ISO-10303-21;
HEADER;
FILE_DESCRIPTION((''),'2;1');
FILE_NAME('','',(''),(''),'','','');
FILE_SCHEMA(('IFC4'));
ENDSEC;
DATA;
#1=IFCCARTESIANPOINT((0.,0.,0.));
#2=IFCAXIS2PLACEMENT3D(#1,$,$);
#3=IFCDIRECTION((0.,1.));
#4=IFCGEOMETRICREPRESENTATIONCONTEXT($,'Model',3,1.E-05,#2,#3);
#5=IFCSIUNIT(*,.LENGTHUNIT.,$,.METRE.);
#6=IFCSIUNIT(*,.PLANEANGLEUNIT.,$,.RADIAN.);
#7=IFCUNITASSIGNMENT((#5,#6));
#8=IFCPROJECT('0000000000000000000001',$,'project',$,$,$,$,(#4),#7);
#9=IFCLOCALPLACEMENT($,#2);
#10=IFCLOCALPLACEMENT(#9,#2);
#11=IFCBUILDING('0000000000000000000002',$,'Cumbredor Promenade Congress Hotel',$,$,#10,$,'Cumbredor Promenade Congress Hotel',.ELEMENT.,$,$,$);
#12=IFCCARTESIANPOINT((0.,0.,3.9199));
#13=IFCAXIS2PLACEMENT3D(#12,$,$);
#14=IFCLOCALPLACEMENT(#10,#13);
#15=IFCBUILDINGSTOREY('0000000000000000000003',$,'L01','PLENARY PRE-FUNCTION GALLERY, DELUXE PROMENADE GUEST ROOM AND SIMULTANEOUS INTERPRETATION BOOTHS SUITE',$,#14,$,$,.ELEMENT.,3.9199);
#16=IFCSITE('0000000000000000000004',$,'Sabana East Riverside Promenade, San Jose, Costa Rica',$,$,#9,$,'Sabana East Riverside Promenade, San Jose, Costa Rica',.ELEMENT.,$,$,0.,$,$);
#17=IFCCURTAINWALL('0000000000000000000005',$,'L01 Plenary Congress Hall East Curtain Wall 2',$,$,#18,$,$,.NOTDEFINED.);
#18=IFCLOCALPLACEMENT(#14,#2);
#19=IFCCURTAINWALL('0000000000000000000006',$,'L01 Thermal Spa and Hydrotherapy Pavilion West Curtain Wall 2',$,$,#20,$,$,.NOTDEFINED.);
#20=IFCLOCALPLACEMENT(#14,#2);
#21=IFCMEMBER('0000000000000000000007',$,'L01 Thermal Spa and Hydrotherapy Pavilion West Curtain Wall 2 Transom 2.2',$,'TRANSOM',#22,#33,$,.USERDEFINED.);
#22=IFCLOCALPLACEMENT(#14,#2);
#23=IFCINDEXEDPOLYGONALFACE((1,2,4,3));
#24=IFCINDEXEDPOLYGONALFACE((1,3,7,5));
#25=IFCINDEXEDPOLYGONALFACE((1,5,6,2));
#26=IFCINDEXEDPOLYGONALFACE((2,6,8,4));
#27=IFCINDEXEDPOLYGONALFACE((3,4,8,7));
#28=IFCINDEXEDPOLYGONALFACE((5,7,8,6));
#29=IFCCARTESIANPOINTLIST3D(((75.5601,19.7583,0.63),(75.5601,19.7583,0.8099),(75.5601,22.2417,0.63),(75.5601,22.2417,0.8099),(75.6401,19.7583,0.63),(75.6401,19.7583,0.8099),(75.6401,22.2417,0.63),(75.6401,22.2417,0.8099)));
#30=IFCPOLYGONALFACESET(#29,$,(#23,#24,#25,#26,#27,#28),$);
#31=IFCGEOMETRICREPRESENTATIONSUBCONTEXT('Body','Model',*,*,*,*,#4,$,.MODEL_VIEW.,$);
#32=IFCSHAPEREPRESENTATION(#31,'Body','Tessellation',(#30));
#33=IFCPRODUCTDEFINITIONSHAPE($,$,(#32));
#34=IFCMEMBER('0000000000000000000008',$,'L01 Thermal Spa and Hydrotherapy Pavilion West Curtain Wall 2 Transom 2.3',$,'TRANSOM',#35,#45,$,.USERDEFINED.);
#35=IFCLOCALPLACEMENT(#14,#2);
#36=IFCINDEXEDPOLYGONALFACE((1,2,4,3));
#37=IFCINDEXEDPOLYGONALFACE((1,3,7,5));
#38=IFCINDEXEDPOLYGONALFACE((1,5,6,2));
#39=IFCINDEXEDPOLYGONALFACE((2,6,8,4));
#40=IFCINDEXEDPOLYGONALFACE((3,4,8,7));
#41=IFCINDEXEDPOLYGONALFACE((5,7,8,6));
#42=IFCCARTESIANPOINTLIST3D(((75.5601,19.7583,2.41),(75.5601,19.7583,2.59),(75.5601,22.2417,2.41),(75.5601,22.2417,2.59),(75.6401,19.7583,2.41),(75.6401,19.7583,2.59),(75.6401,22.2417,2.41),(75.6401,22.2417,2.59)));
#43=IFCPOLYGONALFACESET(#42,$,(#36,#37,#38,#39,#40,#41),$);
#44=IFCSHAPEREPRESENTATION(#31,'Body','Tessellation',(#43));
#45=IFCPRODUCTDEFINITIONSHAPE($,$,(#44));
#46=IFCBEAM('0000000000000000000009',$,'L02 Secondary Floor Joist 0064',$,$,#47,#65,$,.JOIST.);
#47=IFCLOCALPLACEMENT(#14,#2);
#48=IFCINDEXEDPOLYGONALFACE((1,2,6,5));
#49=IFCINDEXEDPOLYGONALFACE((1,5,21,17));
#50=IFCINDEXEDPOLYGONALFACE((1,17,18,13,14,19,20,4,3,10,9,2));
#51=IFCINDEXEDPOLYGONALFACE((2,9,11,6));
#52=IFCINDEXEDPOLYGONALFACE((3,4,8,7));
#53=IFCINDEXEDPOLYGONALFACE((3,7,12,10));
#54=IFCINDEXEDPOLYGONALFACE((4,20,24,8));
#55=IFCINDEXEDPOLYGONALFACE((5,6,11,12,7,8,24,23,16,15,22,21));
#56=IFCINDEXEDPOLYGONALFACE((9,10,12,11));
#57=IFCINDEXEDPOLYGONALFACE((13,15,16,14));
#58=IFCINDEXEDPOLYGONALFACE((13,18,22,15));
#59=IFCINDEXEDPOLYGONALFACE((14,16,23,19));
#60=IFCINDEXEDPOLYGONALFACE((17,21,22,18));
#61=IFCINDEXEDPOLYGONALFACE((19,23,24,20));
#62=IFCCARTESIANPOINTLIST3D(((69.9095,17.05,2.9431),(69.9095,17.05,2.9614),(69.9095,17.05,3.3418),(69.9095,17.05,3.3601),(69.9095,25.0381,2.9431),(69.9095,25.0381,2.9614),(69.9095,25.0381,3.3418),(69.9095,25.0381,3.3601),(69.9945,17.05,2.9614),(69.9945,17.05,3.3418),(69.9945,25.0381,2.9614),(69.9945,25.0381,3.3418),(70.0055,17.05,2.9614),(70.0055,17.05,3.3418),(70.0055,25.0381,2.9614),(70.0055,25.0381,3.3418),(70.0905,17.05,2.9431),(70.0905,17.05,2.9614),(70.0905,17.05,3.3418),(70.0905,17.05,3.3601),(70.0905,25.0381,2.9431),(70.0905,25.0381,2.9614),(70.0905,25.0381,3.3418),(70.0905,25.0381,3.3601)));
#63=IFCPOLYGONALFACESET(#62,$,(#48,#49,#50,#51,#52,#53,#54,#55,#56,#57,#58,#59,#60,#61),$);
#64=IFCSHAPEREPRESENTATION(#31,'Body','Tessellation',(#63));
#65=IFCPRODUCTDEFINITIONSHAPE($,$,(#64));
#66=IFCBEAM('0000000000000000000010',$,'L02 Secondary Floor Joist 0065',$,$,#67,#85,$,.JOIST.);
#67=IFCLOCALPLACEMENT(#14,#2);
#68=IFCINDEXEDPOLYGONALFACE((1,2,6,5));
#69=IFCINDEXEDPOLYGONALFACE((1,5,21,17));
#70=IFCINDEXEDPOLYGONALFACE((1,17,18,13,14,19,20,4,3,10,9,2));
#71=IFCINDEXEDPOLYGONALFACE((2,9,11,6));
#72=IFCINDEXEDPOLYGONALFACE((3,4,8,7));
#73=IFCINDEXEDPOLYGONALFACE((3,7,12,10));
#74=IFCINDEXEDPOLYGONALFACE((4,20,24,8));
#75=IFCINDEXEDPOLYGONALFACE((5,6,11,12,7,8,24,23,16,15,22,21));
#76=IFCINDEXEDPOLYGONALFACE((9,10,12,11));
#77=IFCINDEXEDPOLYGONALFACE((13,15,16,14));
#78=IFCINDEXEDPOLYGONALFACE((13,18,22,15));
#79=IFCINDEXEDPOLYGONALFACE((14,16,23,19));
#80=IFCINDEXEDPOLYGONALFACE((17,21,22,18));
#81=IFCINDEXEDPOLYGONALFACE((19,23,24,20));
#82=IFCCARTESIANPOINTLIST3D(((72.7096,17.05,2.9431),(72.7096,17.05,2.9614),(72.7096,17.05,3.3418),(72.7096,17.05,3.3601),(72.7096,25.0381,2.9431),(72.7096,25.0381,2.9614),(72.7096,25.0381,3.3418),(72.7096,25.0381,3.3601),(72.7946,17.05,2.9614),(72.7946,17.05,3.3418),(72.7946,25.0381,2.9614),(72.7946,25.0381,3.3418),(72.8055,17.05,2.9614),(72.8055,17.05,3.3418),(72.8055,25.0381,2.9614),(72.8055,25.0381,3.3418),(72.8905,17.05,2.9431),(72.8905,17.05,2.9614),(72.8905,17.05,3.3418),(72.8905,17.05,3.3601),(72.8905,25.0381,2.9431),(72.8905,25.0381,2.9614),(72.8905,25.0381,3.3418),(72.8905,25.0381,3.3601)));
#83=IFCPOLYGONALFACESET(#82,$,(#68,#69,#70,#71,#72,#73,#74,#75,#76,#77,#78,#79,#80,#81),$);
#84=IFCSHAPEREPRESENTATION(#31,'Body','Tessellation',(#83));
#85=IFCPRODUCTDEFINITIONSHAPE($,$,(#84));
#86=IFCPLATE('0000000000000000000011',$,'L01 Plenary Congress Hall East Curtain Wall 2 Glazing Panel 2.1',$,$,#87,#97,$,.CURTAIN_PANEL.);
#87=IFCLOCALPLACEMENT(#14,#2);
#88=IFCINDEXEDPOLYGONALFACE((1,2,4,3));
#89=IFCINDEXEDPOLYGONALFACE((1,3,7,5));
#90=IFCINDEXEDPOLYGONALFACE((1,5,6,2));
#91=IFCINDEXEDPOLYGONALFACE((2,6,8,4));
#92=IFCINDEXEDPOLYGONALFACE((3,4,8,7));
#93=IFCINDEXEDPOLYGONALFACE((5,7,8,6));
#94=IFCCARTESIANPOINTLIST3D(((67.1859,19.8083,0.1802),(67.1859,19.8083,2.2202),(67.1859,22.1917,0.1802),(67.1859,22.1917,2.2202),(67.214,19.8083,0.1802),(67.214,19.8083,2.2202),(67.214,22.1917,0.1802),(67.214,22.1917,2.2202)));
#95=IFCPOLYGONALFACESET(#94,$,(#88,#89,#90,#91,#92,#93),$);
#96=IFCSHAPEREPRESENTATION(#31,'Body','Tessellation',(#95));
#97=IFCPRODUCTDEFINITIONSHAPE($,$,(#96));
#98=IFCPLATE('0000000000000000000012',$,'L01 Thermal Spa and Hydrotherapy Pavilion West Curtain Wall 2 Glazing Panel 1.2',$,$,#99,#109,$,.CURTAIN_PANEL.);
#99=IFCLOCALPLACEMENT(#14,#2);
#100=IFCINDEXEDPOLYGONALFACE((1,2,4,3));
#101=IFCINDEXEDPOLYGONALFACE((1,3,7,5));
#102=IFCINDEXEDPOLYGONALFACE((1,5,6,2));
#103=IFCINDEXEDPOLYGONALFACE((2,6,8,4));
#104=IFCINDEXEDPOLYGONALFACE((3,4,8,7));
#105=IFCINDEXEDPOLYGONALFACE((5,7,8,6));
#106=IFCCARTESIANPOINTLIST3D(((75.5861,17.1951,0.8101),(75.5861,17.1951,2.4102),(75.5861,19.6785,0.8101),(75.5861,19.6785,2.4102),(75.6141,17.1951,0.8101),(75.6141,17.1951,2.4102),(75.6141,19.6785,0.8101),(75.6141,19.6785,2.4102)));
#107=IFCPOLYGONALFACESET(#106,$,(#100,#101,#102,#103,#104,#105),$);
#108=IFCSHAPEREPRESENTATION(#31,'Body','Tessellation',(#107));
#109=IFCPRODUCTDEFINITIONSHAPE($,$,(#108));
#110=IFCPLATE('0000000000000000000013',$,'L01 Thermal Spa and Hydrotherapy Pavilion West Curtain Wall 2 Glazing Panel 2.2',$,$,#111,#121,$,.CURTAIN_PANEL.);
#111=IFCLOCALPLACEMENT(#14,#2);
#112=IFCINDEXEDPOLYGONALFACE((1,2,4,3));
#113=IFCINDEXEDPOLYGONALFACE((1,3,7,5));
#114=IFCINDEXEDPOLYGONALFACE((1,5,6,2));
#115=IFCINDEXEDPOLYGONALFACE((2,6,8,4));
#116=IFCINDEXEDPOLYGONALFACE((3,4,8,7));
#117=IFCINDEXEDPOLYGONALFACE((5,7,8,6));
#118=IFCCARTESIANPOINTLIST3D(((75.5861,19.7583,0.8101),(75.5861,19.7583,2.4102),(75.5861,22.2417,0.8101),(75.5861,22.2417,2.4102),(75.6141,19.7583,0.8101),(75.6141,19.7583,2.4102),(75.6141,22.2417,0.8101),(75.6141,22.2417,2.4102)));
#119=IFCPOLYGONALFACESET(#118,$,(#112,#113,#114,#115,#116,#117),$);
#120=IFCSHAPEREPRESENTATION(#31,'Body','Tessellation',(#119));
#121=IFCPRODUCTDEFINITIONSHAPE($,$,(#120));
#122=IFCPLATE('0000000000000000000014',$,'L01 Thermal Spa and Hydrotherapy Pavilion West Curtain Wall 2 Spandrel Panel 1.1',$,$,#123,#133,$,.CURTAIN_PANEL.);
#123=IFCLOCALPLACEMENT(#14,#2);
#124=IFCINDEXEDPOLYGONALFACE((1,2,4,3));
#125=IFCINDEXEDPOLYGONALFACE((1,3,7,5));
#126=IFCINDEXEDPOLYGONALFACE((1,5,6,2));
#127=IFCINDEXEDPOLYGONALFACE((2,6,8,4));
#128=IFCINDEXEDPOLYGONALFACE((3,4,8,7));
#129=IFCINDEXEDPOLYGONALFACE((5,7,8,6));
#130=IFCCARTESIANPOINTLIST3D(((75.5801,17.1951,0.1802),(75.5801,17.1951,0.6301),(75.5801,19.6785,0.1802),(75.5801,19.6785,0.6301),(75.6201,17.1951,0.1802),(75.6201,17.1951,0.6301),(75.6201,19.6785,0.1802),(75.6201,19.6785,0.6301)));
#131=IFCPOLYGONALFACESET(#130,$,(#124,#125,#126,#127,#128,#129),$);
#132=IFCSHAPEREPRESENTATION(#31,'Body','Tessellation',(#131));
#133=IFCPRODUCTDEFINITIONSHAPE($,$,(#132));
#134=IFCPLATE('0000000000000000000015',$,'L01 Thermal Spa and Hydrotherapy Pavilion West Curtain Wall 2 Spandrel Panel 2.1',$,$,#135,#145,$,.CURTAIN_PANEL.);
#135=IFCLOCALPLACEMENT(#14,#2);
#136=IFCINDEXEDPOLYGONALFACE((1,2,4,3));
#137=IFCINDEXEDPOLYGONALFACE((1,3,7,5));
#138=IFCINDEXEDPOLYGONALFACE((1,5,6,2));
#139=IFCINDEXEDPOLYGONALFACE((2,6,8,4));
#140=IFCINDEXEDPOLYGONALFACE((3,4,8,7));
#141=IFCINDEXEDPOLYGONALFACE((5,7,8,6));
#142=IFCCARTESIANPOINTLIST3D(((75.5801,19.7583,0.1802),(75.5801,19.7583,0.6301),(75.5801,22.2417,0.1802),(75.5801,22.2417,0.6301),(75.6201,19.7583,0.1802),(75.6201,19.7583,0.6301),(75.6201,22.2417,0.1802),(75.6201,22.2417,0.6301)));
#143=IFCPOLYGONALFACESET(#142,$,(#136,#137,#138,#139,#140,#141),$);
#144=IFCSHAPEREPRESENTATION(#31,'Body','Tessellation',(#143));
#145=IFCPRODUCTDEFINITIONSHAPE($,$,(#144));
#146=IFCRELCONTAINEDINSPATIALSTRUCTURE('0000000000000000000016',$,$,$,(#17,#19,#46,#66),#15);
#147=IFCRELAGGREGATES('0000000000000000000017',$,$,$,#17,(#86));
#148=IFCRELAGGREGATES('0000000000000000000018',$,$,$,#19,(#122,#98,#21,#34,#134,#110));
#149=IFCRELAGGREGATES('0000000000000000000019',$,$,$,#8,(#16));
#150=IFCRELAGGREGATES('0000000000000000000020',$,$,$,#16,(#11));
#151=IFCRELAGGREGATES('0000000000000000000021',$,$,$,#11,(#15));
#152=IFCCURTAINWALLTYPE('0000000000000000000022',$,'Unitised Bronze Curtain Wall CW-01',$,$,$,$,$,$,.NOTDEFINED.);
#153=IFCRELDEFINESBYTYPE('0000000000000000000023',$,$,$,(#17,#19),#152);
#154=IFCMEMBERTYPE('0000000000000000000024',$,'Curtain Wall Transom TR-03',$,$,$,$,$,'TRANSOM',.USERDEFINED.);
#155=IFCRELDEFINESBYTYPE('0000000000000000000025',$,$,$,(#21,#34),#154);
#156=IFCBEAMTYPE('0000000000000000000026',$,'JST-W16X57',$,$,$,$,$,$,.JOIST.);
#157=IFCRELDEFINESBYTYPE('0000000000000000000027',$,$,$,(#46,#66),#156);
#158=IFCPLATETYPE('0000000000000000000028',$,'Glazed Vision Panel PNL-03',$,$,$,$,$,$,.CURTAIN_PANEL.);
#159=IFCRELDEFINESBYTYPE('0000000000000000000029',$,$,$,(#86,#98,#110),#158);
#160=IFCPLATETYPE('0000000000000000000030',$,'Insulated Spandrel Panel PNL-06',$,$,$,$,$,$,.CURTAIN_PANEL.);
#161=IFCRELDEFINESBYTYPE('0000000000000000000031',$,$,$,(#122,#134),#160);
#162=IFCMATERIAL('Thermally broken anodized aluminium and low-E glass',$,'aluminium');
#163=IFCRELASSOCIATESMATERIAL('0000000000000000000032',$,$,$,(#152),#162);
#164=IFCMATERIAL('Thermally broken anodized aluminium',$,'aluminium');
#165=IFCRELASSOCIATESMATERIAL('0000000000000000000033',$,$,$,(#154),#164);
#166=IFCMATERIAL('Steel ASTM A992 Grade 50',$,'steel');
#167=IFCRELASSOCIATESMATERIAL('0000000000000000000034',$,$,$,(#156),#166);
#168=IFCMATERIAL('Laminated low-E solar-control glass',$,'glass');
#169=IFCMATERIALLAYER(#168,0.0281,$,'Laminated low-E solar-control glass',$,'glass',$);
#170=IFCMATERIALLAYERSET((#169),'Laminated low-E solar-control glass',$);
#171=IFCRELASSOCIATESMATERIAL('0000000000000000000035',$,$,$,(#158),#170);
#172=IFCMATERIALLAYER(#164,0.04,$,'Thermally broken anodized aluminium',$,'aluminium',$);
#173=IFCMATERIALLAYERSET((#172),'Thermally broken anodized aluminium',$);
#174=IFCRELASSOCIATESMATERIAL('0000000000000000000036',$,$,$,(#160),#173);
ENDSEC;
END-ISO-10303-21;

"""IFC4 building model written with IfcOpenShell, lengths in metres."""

from ifc_helpers import new_model, si_unit, direction, frame, origin, origin_2d, place, context, subcontext, project, spatial, rectangle, i_section, extrude, material, layer, layer_set, material_profile, profile_set, type_object, element, aggregate, save


model = new_model("IFC4")

# Units and contexts
model_context = context("Model", 3, precision=1e-05, world=origin(), true_north=direction((0.0, 1.0)))
body_context = subcontext(model_context, "Body", "Model", "MODEL_VIEW")
ifc_project = project(units=[si_unit("LENGTHUNIT", "METRE"), si_unit("PLANEANGLEUNIT", "RADIAN")], contexts=[model_context])

# Site, building, storey
site_placement = place(None, origin())
site = spatial("IfcSite", under=ifc_project, at=site_placement, Name="Sabana East Riverside Promenade, San Jose, Costa Rica", LongName="Sabana East Riverside Promenade, San Jose, Costa Rica", CompositionType="ELEMENT", RefElevation=0.0)
building_placement = place(site_placement, origin())
building = spatial("IfcBuilding", under=site, at=building_placement, Name="Cumbredor Promenade Congress Hotel", LongName="Cumbredor Promenade Congress Hotel", CompositionType="ELEMENT")
storey_placement = place(building_placement, frame((0.0, 0.0, 3.9199)))
storey = spatial("IfcBuildingStorey", under=building, at=storey_placement, Name="L01", Description="PLENARY PRE-FUNCTION GALLERY, DELUXE PROMENADE GUEST ROOM AND SIMULTANEOUS INTERPRETATION BOOTHS SUITE", CompositionType="ELEMENT", Elevation=3.9199)

# Curtain walls
ifc_material_1 = material(Name="Thermally broken anodized aluminium and low-E glass", Category="aluminium")
curtain_wall_type = type_object("IfcCurtainWallType", Name="Unitised Bronze Curtain Wall CW-01", PredefinedType="NOTDEFINED", material=ifc_material_1)
curtain_wall_1_placement = place(storey_placement, origin())
curtain_wall_1 = element("IfcCurtainWall", 1, at=curtain_wall_1_placement, inside=storey, type_object=curtain_wall_type, Name="L01 Plenary Congress Hall East Curtain Wall 2", PredefinedType="NOTDEFINED")
ifc_material_2 = material(Name="Thermally broken anodized aluminium", Category="aluminium")
curtain_wall_2_placement = place(storey_placement, origin())
curtain_wall_2 = element("IfcCurtainWall", 2, at=curtain_wall_2_placement, inside=storey, type_object=curtain_wall_type, Name="L01 Thermal Spa and Hydrotherapy Pavilion West Curtain Wall 2", PredefinedType="NOTDEFINED")

# Members
ifc_material_profile_1 = material_profile(ifc_material_2, rectangle(XDim=0.0801, YDim=0.1799, at=origin_2d()), Name="ALU TRANSOM 80x180")
ifc_profile_set_1 = profile_set([ifc_material_profile_1], Name="Thermally broken anodized aluminium")
member_type_1 = type_object("IfcMemberType", Name="Curtain Wall Transom TR-03", ElementType="TRANSOM", PredefinedType="USERDEFINED", material=ifc_profile_set_1)
member_1_placement = place(storey_placement, frame((75.6001, 19.7583, 0.72), z_axis=(0.0, 1.0, 0.0), x_axis=(-1.0, 0.0, 0.0)))
member_1 = element("IfcMember", 3, at=member_1_placement, type_object=member_type_1, Name="L01 Thermal Spa and Hydrotherapy Pavilion West Curtain Wall 2 Transom 2.2", ObjectType="TRANSOM", PredefinedType="USERDEFINED", context=body_context, shape_type="SweptSolid", body=[
    extrude(rectangle(XDim=0.0801, YDim=0.1799, at=origin_2d()), origin(), (0.0, 0.0, 1.0), 2.4834),
])
member_2_placement = place(storey_placement, frame((75.6001, 19.7583, 2.5), z_axis=(0.0, 1.0, 0.0), x_axis=(-1.0, 0.0, 0.0)))
member_2 = element("IfcMember", 4, at=member_2_placement, type_object=member_type_1, Name="L01 Thermal Spa and Hydrotherapy Pavilion West Curtain Wall 2 Transom 2.3", ObjectType="TRANSOM", PredefinedType="USERDEFINED", context=body_context, shape_type="SweptSolid", body=[
    extrude(rectangle(XDim=0.0801, YDim=0.1799, at=origin_2d()), origin(), (0.0, 0.0, 1.0), 2.4834),
])

# Beams
ifc_material_3 = material(Name="Steel ASTM A992 Grade 50", Category="steel")
ifc_material_profile_2 = material_profile(ifc_material_3, i_section(OverallWidth=0.1809, OverallDepth=0.417, WebThickness=0.011, FlangeThickness=0.0183, at=origin_2d()), Name="W16X57")
ifc_profile_set_2 = profile_set([ifc_material_profile_2], Name="Steel ASTM A992 Grade 50")
beam_type_1 = type_object("IfcBeamType", Name="JST-W16X57", PredefinedType="JOIST", material=ifc_profile_set_2)
for number, where, z_axis, x_axis, name in (
    (5, (70.0, 17.05, 3.1516), (0.0, 1.0, 0.0), (-1.0, 0.0, 0.0), "L02 Secondary Floor Joist 0064"),
    (6, (72.8, 17.05, 3.1516), (0.0, 1.0, 0.0), (-1.0, 0.0, 0.0), "L02 Secondary Floor Joist 0065"),
):
    element("IfcBeam", number, at=place(storey_placement, frame(where, z_axis=z_axis, x_axis=x_axis)), inside=storey, type_object=beam_type_1, Name=name, PredefinedType="JOIST", context=body_context, shape_type="SweptSolid", body=[
        extrude(i_section(OverallWidth=0.1809, OverallDepth=0.417, WebThickness=0.011, FlangeThickness=0.0183, at=origin_2d()), origin(), (0.0, 0.0, 1.0), 7.988),
    ])

# Plates
ifc_material_4 = material(Name="Laminated low-E solar-control glass", Category="glass")
ifc_layer_1 = layer(ifc_material_4, 0.0281, Name="Laminated low-E solar-control glass", Category="glass")
ifc_layer_set_1 = layer_set([ifc_layer_1], Name="Laminated low-E solar-control glass")
plate_type_1 = type_object("IfcPlateType", Name="Glazed Vision Panel PNL-03", PredefinedType="CURTAIN_PANEL", material=ifc_layer_set_1)
plate_1_placement = place(storey_placement, frame((67.2, 21.0, 0.1802), z_axis=(0.0, 0.0, 1.0), x_axis=(0.0, 1.0, 0.0)))
plate_1 = element("IfcPlate", 7, at=plate_1_placement, type_object=plate_type_1, Name="L01 Plenary Congress Hall East Curtain Wall 2 Glazing Panel 2.1", PredefinedType="CURTAIN_PANEL", context=body_context, shape_type="SweptSolid", body=[
    extrude(rectangle(XDim=2.3833, YDim=0.0281, at=origin_2d()), origin(), (0.0, 0.0, 1.0), 2.04),
])
aggregate(curtain_wall_1, [plate_1])
plate_2_placement = place(storey_placement, frame((75.6001, 18.4368, 0.8101), z_axis=(0.0, 0.0, 1.0), x_axis=(0.0, 1.0, 0.0)))
plate_2 = element("IfcPlate", 8, at=plate_2_placement, type_object=plate_type_1, Name="L01 Thermal Spa and Hydrotherapy Pavilion West Curtain Wall 2 Glazing Panel 1.2", PredefinedType="CURTAIN_PANEL", context=body_context, shape_type="SweptSolid", body=[
    extrude(rectangle(XDim=2.4834, YDim=0.0281, at=origin_2d()), origin(), (0.0, 0.0, 1.0), 1.6001),
])
plate_3_placement = place(storey_placement, frame((75.6001, 21.0, 0.8101), z_axis=(0.0, 0.0, 1.0), x_axis=(0.0, 1.0, 0.0)))
plate_3 = element("IfcPlate", 9, at=plate_3_placement, type_object=plate_type_1, Name="L01 Thermal Spa and Hydrotherapy Pavilion West Curtain Wall 2 Glazing Panel 2.2", PredefinedType="CURTAIN_PANEL", context=body_context, shape_type="SweptSolid", body=[
    extrude(rectangle(XDim=2.4834, YDim=0.0281, at=origin_2d()), origin(), (0.0, 0.0, 1.0), 1.6001),
])
ifc_layer_2 = layer(ifc_material_2, 0.04, Name="Thermally broken anodized aluminium", Category="aluminium")
ifc_layer_set_2 = layer_set([ifc_layer_2], Name="Thermally broken anodized aluminium")
plate_type_2 = type_object("IfcPlateType", Name="Insulated Spandrel Panel PNL-06", PredefinedType="CURTAIN_PANEL", material=ifc_layer_set_2)
plate_4_placement = place(storey_placement, frame((75.6001, 18.4368, 0.1802), z_axis=(0.0, 0.0, 1.0), x_axis=(0.0, 1.0, 0.0)))
plate_4 = element("IfcPlate", 10, at=plate_4_placement, type_object=plate_type_2, Name="L01 Thermal Spa and Hydrotherapy Pavilion West Curtain Wall 2 Spandrel Panel 1.1", PredefinedType="CURTAIN_PANEL", context=body_context, shape_type="SweptSolid", body=[
    extrude(rectangle(XDim=2.4834, YDim=0.04, at=origin_2d()), origin(), (0.0, 0.0, 1.0), 0.45),
])
plate_5_placement = place(storey_placement, frame((75.6001, 21.0, 0.1802), z_axis=(0.0, 0.0, 1.0), x_axis=(0.0, 1.0, 0.0)))
plate_5 = element("IfcPlate", 11, at=plate_5_placement, type_object=plate_type_2, Name="L01 Thermal Spa and Hydrotherapy Pavilion West Curtain Wall 2 Spandrel Panel 2.1", PredefinedType="CURTAIN_PANEL", context=body_context, shape_type="SweptSolid", body=[
    extrude(rectangle(XDim=2.4834, YDim=0.04, at=origin_2d()), origin(), (0.0, 0.0, 1.0), 0.45),
])
aggregate(curtain_wall_2, [plate_4, plate_2, member_1, member_2, plate_5, plate_3])

save(model, "model.ifc")
